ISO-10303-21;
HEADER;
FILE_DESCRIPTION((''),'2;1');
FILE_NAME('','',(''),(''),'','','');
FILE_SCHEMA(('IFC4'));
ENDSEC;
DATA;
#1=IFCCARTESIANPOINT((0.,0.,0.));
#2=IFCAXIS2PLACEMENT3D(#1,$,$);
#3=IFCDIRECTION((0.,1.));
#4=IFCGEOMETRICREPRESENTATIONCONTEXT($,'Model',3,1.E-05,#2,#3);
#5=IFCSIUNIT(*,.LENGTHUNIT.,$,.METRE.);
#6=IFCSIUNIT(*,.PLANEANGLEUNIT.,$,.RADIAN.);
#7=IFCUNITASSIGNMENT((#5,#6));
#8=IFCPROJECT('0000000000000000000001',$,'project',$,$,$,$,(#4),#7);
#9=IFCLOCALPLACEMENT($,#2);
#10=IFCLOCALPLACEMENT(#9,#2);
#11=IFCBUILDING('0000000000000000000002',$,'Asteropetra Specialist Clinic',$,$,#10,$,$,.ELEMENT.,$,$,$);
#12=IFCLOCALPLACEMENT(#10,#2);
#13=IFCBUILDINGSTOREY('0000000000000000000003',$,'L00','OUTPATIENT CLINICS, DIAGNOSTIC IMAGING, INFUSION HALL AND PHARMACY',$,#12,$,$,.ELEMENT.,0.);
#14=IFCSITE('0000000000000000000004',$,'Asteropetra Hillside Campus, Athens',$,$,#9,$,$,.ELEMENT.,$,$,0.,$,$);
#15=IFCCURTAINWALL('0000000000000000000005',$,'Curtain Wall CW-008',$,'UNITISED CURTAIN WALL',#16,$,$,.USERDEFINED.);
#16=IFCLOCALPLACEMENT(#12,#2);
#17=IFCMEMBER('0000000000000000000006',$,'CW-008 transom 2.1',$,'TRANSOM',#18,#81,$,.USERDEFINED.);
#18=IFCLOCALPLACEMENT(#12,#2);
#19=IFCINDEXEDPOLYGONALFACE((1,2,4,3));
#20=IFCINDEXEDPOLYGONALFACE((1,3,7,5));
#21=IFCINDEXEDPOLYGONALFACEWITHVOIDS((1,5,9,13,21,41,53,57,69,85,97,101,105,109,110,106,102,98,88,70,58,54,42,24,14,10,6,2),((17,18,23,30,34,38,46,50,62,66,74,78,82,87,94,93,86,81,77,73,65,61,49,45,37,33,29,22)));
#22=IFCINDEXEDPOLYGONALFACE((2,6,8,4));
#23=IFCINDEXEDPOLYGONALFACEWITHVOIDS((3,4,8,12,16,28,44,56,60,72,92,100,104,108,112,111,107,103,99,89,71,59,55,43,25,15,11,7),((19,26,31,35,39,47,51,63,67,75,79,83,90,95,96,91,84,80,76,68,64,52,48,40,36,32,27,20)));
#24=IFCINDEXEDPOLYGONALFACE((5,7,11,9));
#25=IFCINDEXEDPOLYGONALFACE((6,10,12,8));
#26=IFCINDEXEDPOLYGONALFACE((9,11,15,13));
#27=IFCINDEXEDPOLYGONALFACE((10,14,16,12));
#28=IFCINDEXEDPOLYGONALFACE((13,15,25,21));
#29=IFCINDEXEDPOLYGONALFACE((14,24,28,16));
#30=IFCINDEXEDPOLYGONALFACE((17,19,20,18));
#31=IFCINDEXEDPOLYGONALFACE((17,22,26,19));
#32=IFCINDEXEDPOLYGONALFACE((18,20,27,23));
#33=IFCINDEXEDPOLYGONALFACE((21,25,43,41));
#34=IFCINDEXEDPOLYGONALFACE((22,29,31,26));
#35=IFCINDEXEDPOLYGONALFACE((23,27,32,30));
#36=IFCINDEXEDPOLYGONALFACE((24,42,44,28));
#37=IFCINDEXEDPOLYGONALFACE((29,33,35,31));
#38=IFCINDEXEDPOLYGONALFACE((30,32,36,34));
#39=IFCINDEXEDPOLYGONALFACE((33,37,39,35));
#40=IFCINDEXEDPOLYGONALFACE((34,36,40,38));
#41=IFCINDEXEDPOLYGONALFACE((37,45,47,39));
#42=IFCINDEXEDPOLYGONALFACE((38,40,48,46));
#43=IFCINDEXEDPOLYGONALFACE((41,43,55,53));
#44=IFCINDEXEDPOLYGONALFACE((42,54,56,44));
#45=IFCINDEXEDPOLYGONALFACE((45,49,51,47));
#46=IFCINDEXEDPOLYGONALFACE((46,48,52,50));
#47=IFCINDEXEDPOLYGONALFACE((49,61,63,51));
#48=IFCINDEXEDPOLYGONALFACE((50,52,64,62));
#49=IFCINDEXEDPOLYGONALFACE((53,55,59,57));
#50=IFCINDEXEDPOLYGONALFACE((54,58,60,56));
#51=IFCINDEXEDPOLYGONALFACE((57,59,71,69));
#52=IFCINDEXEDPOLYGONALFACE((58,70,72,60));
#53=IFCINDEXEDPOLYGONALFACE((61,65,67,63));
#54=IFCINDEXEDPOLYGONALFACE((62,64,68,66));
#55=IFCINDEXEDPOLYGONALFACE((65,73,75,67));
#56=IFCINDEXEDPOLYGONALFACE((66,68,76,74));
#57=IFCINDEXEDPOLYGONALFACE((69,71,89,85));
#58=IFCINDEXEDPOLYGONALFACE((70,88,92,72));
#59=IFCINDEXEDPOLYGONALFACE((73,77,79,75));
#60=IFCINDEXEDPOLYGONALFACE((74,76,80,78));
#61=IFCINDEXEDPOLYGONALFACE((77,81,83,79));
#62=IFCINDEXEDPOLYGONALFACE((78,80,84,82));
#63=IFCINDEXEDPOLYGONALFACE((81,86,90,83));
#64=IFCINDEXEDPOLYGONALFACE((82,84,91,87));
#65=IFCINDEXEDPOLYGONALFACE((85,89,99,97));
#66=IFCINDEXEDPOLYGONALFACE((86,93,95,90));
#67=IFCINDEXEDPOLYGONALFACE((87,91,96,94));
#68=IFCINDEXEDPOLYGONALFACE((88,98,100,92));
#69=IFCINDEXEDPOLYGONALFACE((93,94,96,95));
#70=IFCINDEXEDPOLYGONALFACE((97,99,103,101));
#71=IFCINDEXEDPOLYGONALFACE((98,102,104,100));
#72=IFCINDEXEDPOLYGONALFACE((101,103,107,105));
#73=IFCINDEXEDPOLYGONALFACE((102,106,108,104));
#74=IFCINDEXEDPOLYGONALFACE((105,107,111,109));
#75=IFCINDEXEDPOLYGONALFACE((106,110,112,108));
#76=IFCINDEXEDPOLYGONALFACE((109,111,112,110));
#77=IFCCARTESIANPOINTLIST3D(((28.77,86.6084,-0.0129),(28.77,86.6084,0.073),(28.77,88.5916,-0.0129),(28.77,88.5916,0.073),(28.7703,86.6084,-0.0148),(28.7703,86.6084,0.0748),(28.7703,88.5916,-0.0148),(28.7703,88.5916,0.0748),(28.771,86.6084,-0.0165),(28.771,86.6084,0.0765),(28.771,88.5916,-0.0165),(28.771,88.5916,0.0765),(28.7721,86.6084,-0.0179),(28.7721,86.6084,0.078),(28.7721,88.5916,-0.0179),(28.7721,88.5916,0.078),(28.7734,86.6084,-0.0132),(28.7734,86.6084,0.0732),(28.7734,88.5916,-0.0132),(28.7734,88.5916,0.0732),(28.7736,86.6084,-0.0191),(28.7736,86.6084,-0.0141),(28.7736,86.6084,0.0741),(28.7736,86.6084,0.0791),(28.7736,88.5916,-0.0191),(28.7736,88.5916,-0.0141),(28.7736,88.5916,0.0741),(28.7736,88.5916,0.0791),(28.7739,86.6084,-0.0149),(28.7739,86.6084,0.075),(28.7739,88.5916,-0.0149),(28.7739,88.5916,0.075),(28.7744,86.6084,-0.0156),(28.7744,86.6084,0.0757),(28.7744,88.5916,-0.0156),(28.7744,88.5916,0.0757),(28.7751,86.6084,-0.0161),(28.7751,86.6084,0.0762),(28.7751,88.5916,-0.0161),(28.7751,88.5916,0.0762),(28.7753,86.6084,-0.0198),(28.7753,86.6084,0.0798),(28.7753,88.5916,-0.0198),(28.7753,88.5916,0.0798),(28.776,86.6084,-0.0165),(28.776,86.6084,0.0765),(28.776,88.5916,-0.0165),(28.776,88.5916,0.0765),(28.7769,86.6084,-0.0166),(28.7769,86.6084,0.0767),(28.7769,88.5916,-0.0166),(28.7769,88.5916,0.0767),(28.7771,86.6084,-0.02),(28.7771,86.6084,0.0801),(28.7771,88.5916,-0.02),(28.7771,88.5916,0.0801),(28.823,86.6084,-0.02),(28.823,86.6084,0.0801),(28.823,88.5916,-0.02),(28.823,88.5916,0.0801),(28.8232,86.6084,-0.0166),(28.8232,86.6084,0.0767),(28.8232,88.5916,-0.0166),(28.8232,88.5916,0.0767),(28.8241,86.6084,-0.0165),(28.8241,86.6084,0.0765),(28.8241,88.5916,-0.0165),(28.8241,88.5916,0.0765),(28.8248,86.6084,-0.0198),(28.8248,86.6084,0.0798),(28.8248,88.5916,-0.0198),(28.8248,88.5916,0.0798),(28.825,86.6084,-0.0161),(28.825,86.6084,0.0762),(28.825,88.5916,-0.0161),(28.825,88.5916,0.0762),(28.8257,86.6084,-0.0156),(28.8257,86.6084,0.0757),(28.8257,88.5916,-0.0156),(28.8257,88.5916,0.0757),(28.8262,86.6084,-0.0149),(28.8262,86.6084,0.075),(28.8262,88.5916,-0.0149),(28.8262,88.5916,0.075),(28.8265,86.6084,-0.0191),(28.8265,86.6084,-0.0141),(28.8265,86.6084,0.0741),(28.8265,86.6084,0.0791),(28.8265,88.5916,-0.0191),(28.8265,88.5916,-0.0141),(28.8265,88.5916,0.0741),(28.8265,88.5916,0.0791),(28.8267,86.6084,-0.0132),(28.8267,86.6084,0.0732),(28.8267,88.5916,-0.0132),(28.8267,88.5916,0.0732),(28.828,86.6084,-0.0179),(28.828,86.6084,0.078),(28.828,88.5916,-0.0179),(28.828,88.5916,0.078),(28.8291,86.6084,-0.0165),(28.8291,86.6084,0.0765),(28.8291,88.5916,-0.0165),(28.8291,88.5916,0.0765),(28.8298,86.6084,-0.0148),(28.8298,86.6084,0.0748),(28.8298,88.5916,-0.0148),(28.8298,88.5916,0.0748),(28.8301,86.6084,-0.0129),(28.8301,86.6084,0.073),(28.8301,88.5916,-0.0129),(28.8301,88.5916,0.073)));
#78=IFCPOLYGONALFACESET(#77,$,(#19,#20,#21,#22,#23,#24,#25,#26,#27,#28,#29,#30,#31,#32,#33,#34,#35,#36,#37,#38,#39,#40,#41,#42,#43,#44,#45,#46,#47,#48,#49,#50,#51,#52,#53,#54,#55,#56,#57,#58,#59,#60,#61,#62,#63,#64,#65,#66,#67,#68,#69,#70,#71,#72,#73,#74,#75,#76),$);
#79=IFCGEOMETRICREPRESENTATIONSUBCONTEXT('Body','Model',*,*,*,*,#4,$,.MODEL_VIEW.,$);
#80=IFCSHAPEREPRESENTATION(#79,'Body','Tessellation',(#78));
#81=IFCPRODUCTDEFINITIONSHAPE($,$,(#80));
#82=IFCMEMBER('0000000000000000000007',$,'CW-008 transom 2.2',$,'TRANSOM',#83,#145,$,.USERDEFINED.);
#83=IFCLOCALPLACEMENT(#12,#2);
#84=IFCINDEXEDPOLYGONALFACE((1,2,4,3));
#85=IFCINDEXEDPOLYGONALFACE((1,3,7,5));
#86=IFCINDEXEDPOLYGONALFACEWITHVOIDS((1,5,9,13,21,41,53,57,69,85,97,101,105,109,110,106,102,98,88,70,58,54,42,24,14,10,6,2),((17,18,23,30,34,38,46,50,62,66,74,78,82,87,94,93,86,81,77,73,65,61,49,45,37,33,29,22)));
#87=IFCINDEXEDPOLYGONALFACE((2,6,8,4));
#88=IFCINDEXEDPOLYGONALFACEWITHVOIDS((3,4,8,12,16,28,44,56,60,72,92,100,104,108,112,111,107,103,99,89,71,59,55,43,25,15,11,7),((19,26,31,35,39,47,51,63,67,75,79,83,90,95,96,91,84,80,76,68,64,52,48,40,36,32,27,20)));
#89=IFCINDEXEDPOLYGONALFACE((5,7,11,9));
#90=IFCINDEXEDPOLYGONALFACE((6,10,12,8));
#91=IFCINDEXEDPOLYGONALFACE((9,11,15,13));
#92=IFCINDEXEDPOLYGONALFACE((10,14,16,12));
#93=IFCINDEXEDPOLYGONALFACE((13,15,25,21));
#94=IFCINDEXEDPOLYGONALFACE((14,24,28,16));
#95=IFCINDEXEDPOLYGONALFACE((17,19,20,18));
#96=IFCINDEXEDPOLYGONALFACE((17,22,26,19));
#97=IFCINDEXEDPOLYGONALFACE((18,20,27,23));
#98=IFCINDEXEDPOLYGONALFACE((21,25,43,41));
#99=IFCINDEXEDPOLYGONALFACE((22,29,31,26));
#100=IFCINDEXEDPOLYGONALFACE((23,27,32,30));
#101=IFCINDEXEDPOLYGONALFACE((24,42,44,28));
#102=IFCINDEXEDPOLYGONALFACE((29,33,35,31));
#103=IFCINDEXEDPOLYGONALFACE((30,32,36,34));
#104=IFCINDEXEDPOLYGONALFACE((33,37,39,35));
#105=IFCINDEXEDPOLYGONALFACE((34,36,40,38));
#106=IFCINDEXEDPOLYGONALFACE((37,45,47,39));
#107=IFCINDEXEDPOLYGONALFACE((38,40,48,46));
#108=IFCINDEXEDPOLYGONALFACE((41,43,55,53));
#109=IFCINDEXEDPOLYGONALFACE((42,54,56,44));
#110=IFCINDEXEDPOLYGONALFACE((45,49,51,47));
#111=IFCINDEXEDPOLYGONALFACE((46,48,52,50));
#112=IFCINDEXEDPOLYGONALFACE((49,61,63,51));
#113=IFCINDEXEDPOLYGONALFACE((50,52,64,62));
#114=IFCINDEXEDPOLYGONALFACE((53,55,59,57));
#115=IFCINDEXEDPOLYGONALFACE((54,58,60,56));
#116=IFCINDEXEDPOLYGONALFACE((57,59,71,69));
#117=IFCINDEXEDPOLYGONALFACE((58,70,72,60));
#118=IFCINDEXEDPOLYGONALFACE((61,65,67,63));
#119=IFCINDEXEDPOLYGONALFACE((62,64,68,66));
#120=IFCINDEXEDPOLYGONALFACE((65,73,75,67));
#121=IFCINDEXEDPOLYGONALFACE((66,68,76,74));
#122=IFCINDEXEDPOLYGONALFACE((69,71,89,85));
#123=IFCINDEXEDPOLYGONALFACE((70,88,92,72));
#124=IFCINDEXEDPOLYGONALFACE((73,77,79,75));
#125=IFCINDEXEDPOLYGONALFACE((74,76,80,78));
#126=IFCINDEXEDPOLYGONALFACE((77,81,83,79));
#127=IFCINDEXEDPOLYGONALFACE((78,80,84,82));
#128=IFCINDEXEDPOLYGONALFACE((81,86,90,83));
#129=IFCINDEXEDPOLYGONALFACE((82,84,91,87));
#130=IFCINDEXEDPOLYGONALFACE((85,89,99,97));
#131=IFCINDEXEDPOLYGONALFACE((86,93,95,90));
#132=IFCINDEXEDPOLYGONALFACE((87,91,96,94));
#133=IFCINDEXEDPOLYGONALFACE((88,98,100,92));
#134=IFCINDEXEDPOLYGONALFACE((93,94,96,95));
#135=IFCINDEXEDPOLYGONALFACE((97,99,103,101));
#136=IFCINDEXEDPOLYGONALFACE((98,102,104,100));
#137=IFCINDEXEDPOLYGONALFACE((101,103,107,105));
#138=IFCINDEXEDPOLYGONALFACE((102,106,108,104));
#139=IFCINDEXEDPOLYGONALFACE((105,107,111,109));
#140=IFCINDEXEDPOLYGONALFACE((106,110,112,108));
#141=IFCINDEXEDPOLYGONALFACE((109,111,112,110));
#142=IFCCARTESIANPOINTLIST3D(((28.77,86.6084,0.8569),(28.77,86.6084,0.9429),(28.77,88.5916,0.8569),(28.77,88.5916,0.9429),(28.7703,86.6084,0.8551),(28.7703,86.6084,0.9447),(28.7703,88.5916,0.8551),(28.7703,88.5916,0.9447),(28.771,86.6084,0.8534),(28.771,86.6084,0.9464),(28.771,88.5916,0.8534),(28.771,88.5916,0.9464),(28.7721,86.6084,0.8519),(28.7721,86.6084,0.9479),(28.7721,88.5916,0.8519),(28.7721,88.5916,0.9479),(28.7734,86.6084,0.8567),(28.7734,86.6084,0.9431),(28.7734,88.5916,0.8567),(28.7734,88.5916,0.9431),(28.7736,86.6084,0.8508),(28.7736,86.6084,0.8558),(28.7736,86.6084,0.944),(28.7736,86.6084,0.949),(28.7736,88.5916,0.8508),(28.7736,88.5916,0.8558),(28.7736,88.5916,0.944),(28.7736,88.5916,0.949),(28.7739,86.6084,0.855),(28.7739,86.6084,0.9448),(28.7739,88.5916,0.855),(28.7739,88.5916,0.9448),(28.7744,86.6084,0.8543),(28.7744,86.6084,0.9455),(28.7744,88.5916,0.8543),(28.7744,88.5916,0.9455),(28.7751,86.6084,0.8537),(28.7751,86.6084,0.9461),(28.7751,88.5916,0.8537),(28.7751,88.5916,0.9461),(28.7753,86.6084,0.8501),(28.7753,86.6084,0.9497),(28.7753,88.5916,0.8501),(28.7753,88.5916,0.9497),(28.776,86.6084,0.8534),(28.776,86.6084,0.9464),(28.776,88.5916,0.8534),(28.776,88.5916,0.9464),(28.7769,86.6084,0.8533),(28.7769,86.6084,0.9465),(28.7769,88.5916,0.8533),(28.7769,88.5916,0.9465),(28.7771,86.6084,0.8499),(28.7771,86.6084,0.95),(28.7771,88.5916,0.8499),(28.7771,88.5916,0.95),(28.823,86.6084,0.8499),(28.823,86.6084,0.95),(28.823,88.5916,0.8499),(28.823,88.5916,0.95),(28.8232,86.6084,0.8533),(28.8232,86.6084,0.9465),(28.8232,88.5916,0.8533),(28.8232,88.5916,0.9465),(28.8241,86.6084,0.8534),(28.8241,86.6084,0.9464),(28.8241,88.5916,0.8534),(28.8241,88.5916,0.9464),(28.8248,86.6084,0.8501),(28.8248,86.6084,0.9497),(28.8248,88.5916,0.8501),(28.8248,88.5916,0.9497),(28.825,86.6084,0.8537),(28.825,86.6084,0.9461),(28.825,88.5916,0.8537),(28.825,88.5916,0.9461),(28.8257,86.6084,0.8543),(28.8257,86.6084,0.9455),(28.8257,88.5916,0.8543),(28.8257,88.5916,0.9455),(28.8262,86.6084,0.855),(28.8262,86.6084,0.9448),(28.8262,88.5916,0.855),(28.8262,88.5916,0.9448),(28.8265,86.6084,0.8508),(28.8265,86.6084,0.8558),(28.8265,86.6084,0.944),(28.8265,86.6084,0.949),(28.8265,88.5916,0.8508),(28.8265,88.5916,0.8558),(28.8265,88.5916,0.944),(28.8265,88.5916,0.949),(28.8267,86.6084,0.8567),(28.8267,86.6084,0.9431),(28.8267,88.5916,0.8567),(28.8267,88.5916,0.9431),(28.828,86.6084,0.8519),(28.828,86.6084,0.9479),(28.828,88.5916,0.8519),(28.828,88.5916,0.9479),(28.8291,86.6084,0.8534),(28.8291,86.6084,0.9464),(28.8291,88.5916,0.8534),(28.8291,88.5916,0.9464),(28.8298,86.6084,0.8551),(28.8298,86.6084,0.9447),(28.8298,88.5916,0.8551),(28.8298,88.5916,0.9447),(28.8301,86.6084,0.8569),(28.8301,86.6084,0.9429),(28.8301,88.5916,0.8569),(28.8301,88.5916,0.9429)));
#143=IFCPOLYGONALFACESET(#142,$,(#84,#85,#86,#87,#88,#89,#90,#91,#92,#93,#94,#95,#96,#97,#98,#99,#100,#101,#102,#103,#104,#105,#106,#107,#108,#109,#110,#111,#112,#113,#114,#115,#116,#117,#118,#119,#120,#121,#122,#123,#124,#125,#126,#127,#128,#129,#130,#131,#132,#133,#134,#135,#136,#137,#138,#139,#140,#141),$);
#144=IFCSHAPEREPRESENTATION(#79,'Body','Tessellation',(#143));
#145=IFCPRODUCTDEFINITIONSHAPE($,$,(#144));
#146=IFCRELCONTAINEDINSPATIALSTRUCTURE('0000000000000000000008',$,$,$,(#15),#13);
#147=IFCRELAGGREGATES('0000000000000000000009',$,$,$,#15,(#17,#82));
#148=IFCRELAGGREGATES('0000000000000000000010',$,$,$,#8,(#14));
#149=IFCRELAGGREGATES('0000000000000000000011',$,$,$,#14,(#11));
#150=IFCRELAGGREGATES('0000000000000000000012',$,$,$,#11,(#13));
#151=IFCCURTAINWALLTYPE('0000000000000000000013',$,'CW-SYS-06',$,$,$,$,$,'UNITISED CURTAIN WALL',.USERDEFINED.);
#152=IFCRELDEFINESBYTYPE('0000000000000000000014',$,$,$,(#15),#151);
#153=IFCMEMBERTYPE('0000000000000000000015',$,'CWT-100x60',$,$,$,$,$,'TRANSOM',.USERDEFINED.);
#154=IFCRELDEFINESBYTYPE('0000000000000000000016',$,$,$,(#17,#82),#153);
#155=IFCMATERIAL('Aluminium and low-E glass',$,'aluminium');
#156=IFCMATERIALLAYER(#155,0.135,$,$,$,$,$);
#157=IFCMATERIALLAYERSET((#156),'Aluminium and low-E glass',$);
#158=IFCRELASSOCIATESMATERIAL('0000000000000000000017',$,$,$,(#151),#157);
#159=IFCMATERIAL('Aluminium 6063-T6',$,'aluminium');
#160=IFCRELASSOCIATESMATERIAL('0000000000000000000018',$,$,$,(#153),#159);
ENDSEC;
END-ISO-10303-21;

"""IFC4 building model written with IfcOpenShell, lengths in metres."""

from ifc_helpers import new_model, si_unit, direction, frame, origin, origin_2d, place, context, subcontext, project, spatial, hollow_rectangle, extrude, material, layer, layer_set, material_profile, profile_set, type_object, element, aggregate, save


model = new_model("IFC4")

# Units and contexts
model_context = context("Model", 3, precision=1e-05, world=origin(), true_north=direction((0.0, 1.0)))
body_context = subcontext(model_context, "Body", "Model", "MODEL_VIEW")
ifc_project = project(units=[si_unit("LENGTHUNIT", "METRE"), si_unit("PLANEANGLEUNIT", "RADIAN")], contexts=[model_context])

# Site, building, storey
site_placement = place(None, origin())
site = spatial("IfcSite", under=ifc_project, at=site_placement, Name="Asteropetra Hillside Campus, Athens", CompositionType="ELEMENT", RefElevation=0.0)
building_placement = place(site_placement, origin())
building = spatial("IfcBuilding", under=site, at=building_placement, Name="Asteropetra Specialist Clinic", CompositionType="ELEMENT")
storey_placement = place(building_placement, origin())
storey = spatial("IfcBuildingStorey", under=building, at=storey_placement, Name="L00", Description="OUTPATIENT CLINICS, DIAGNOSTIC IMAGING, INFUSION HALL AND PHARMACY", CompositionType="ELEMENT", Elevation=0.0)

# Curtain wall
ifc_material_1 = material(Name="Aluminium and low-E glass", Category="aluminium")
ifc_layer_1 = layer(ifc_material_1, 0.135)
ifc_layer_set_1 = layer_set([ifc_layer_1], Name="Aluminium and low-E glass")
curtain_wall_type_1 = type_object("IfcCurtainWallType", Name="CW-SYS-06", ElementType="UNITISED CURTAIN WALL", PredefinedType="USERDEFINED", material=ifc_layer_set_1)
curtain_wall_1_placement = place(storey_placement, origin())
curtain_wall_1 = element("IfcCurtainWall", 1, at=curtain_wall_1_placement, inside=storey, type_object=curtain_wall_type_1, Name="Curtain Wall CW-008", ObjectType="UNITISED CURTAIN WALL", PredefinedType="USERDEFINED")

# Members
ifc_material_2 = material(Name="Aluminium 6063-T6", Category="aluminium")
ifc_material_profile_1 = material_profile(ifc_material_2, hollow_rectangle(XDim=0.0601, YDim=0.1001, WallThickness=0.0034, InnerFilletRadius=0.0034, OuterFilletRadius=0.0071, at=origin_2d()), Name="TRN 100x60x3.5")
ifc_profile_set_1 = profile_set([ifc_material_profile_1], Name="Aluminium 6063-T6")
member_type_1 = type_object("IfcMemberType", Name="CWT-100x60", ElementType="TRANSOM", PredefinedType="USERDEFINED", material=ifc_profile_set_1)
member_1_placement = place(storey_placement, frame((28.8, 86.6084, 0.03), z_axis=(0.0, 1.0, 0.0), x_axis=(-1.0, 0.0, 0.0)))
member_1 = element("IfcMember", 2, at=member_1_placement, type_object=member_type_1, Name="CW-008 transom 2.1", ObjectType="TRANSOM", PredefinedType="USERDEFINED", context=body_context, shape_type="SweptSolid", body=[
    extrude(hollow_rectangle(XDim=0.0601, YDim=0.1001, WallThickness=0.0034, InnerFilletRadius=0.0034, OuterFilletRadius=0.0071, at=origin_2d()), origin(), (0.0, 0.0, 1.0), 1.9832),
])
member_2_placement = place(storey_placement, frame((28.8, 86.6084, 0.8999), z_axis=(0.0, 1.0, 0.0), x_axis=(-1.0, 0.0, 0.0)))
member_2 = element("IfcMember", 3, at=member_2_placement, type_object=member_type_1, Name="CW-008 transom 2.2", ObjectType="TRANSOM", PredefinedType="USERDEFINED", context=body_context, shape_type="SweptSolid", body=[
    extrude(hollow_rectangle(XDim=0.0601, YDim=0.1001, WallThickness=0.0034, InnerFilletRadius=0.0034, OuterFilletRadius=0.0071, at=origin_2d()), origin(), (0.0, 0.0, 1.0), 1.9832),
])

aggregate(curtain_wall_1, [member_1, member_2])

save(model, "model.ifc")
